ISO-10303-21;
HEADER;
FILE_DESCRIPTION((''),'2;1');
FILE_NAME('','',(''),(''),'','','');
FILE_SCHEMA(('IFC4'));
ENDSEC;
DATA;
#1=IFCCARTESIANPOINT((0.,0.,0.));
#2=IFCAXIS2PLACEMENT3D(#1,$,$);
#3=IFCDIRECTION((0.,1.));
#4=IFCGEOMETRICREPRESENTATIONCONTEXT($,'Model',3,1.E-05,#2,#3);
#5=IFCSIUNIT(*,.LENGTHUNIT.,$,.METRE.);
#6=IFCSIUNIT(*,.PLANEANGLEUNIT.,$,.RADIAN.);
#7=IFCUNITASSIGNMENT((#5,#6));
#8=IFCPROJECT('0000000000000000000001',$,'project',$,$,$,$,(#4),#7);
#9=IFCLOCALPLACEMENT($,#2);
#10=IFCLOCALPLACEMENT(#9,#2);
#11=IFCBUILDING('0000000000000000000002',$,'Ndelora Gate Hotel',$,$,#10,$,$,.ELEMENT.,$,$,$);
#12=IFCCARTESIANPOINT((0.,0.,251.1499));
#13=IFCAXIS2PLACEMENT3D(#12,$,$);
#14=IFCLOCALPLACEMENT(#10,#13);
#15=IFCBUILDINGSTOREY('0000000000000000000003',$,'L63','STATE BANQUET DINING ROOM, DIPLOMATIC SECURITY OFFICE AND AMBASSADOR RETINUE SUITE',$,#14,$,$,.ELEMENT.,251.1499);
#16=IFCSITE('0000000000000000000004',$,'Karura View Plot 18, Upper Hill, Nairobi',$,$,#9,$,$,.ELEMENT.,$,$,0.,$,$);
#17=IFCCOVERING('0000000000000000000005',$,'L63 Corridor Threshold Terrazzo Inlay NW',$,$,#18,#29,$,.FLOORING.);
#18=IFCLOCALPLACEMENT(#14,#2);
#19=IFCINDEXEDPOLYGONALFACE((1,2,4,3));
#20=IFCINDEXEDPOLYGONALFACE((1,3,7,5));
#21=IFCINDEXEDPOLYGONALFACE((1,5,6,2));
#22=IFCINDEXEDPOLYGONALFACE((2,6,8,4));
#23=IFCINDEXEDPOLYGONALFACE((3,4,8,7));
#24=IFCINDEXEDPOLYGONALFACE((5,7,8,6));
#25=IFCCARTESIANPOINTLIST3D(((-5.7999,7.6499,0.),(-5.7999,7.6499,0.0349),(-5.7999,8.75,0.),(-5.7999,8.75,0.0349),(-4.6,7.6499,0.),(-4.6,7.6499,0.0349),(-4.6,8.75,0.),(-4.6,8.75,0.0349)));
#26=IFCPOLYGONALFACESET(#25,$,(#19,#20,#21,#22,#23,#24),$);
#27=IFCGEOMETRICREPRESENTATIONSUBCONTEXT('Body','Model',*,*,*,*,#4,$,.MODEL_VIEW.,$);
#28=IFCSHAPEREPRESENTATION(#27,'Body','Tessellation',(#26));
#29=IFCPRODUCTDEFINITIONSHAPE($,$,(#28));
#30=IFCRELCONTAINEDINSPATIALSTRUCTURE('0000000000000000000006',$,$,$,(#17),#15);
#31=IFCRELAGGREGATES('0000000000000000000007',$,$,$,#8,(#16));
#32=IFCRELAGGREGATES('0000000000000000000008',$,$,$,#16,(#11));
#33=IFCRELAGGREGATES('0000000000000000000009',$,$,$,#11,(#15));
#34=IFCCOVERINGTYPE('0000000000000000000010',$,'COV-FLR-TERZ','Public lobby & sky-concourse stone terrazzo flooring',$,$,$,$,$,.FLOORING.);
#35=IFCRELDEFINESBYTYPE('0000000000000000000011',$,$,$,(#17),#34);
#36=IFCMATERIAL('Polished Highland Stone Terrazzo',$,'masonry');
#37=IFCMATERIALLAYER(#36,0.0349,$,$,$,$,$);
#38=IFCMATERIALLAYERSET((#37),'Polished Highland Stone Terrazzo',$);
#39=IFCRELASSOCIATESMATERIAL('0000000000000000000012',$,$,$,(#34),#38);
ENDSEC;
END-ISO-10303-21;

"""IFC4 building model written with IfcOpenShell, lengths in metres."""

from ifc_helpers import new_model, si_unit, direction, frame, origin, origin_2d, place, context, subcontext, project, spatial, rectangle, extrude, material, layer, layer_set, type_object, element, save


model = new_model("IFC4")

# Units and contexts
model_context = context("Model", 3, precision=1e-05, world=origin(), true_north=direction((0.0, 1.0)))
body_context = subcontext(model_context, "Body", "Model", "MODEL_VIEW")
ifc_project = project(units=[si_unit("LENGTHUNIT", "METRE"), si_unit("PLANEANGLEUNIT", "RADIAN")], contexts=[model_context])

# Site, building, storey
site_placement = place(None, origin())
site = spatial("IfcSite", under=ifc_project, at=site_placement, Name="Karura View Plot 18, Upper Hill, Nairobi", CompositionType="ELEMENT", RefElevation=0.0)
building_placement = place(site_placement, origin())
building = spatial("IfcBuilding", under=site, at=building_placement, Name="Ndelora Gate Hotel", CompositionType="ELEMENT")
storey_placement = place(building_placement, frame((0.0, 0.0, 251.1499)))
storey = spatial("IfcBuildingStorey", under=building, at=storey_placement, Name="L63", Description="STATE BANQUET DINING ROOM, DIPLOMATIC SECURITY OFFICE AND AMBASSADOR RETINUE SUITE", CompositionType="ELEMENT", Elevation=251.1499)

# Covering
ifc_material_1 = material(Name="Polished Highland Stone Terrazzo", Category="masonry")
ifc_layer_1 = layer(ifc_material_1, 0.0349)
ifc_layer_set_1 = layer_set([ifc_layer_1], Name="Polished Highland Stone Terrazzo")
covering_type_1 = type_object("IfcCoveringType", Name="COV-FLR-TERZ", Description="Public lobby & sky-concourse stone terrazzo flooring", PredefinedType="FLOORING", material=ifc_layer_set_1)
covering_1_placement = place(storey_placement, frame((-5.2, 8.2, 0.0), z_axis=(0.0, 0.0, 1.0), x_axis=(1.0, 0.0, 0.0)))
element("IfcCovering", 1, at=covering_1_placement, inside=storey, type_object=covering_type_1, Name="L63 Corridor Threshold Terrazzo Inlay NW", PredefinedType="FLOORING", context=body_context, shape_type="SweptSolid", body=[
    extrude(rectangle(XDim=1.2, YDim=1.1001, at=origin_2d()), origin(), (0.0, 0.0, 1.0), 0.0349),
])

save(model, "model.ifc")
